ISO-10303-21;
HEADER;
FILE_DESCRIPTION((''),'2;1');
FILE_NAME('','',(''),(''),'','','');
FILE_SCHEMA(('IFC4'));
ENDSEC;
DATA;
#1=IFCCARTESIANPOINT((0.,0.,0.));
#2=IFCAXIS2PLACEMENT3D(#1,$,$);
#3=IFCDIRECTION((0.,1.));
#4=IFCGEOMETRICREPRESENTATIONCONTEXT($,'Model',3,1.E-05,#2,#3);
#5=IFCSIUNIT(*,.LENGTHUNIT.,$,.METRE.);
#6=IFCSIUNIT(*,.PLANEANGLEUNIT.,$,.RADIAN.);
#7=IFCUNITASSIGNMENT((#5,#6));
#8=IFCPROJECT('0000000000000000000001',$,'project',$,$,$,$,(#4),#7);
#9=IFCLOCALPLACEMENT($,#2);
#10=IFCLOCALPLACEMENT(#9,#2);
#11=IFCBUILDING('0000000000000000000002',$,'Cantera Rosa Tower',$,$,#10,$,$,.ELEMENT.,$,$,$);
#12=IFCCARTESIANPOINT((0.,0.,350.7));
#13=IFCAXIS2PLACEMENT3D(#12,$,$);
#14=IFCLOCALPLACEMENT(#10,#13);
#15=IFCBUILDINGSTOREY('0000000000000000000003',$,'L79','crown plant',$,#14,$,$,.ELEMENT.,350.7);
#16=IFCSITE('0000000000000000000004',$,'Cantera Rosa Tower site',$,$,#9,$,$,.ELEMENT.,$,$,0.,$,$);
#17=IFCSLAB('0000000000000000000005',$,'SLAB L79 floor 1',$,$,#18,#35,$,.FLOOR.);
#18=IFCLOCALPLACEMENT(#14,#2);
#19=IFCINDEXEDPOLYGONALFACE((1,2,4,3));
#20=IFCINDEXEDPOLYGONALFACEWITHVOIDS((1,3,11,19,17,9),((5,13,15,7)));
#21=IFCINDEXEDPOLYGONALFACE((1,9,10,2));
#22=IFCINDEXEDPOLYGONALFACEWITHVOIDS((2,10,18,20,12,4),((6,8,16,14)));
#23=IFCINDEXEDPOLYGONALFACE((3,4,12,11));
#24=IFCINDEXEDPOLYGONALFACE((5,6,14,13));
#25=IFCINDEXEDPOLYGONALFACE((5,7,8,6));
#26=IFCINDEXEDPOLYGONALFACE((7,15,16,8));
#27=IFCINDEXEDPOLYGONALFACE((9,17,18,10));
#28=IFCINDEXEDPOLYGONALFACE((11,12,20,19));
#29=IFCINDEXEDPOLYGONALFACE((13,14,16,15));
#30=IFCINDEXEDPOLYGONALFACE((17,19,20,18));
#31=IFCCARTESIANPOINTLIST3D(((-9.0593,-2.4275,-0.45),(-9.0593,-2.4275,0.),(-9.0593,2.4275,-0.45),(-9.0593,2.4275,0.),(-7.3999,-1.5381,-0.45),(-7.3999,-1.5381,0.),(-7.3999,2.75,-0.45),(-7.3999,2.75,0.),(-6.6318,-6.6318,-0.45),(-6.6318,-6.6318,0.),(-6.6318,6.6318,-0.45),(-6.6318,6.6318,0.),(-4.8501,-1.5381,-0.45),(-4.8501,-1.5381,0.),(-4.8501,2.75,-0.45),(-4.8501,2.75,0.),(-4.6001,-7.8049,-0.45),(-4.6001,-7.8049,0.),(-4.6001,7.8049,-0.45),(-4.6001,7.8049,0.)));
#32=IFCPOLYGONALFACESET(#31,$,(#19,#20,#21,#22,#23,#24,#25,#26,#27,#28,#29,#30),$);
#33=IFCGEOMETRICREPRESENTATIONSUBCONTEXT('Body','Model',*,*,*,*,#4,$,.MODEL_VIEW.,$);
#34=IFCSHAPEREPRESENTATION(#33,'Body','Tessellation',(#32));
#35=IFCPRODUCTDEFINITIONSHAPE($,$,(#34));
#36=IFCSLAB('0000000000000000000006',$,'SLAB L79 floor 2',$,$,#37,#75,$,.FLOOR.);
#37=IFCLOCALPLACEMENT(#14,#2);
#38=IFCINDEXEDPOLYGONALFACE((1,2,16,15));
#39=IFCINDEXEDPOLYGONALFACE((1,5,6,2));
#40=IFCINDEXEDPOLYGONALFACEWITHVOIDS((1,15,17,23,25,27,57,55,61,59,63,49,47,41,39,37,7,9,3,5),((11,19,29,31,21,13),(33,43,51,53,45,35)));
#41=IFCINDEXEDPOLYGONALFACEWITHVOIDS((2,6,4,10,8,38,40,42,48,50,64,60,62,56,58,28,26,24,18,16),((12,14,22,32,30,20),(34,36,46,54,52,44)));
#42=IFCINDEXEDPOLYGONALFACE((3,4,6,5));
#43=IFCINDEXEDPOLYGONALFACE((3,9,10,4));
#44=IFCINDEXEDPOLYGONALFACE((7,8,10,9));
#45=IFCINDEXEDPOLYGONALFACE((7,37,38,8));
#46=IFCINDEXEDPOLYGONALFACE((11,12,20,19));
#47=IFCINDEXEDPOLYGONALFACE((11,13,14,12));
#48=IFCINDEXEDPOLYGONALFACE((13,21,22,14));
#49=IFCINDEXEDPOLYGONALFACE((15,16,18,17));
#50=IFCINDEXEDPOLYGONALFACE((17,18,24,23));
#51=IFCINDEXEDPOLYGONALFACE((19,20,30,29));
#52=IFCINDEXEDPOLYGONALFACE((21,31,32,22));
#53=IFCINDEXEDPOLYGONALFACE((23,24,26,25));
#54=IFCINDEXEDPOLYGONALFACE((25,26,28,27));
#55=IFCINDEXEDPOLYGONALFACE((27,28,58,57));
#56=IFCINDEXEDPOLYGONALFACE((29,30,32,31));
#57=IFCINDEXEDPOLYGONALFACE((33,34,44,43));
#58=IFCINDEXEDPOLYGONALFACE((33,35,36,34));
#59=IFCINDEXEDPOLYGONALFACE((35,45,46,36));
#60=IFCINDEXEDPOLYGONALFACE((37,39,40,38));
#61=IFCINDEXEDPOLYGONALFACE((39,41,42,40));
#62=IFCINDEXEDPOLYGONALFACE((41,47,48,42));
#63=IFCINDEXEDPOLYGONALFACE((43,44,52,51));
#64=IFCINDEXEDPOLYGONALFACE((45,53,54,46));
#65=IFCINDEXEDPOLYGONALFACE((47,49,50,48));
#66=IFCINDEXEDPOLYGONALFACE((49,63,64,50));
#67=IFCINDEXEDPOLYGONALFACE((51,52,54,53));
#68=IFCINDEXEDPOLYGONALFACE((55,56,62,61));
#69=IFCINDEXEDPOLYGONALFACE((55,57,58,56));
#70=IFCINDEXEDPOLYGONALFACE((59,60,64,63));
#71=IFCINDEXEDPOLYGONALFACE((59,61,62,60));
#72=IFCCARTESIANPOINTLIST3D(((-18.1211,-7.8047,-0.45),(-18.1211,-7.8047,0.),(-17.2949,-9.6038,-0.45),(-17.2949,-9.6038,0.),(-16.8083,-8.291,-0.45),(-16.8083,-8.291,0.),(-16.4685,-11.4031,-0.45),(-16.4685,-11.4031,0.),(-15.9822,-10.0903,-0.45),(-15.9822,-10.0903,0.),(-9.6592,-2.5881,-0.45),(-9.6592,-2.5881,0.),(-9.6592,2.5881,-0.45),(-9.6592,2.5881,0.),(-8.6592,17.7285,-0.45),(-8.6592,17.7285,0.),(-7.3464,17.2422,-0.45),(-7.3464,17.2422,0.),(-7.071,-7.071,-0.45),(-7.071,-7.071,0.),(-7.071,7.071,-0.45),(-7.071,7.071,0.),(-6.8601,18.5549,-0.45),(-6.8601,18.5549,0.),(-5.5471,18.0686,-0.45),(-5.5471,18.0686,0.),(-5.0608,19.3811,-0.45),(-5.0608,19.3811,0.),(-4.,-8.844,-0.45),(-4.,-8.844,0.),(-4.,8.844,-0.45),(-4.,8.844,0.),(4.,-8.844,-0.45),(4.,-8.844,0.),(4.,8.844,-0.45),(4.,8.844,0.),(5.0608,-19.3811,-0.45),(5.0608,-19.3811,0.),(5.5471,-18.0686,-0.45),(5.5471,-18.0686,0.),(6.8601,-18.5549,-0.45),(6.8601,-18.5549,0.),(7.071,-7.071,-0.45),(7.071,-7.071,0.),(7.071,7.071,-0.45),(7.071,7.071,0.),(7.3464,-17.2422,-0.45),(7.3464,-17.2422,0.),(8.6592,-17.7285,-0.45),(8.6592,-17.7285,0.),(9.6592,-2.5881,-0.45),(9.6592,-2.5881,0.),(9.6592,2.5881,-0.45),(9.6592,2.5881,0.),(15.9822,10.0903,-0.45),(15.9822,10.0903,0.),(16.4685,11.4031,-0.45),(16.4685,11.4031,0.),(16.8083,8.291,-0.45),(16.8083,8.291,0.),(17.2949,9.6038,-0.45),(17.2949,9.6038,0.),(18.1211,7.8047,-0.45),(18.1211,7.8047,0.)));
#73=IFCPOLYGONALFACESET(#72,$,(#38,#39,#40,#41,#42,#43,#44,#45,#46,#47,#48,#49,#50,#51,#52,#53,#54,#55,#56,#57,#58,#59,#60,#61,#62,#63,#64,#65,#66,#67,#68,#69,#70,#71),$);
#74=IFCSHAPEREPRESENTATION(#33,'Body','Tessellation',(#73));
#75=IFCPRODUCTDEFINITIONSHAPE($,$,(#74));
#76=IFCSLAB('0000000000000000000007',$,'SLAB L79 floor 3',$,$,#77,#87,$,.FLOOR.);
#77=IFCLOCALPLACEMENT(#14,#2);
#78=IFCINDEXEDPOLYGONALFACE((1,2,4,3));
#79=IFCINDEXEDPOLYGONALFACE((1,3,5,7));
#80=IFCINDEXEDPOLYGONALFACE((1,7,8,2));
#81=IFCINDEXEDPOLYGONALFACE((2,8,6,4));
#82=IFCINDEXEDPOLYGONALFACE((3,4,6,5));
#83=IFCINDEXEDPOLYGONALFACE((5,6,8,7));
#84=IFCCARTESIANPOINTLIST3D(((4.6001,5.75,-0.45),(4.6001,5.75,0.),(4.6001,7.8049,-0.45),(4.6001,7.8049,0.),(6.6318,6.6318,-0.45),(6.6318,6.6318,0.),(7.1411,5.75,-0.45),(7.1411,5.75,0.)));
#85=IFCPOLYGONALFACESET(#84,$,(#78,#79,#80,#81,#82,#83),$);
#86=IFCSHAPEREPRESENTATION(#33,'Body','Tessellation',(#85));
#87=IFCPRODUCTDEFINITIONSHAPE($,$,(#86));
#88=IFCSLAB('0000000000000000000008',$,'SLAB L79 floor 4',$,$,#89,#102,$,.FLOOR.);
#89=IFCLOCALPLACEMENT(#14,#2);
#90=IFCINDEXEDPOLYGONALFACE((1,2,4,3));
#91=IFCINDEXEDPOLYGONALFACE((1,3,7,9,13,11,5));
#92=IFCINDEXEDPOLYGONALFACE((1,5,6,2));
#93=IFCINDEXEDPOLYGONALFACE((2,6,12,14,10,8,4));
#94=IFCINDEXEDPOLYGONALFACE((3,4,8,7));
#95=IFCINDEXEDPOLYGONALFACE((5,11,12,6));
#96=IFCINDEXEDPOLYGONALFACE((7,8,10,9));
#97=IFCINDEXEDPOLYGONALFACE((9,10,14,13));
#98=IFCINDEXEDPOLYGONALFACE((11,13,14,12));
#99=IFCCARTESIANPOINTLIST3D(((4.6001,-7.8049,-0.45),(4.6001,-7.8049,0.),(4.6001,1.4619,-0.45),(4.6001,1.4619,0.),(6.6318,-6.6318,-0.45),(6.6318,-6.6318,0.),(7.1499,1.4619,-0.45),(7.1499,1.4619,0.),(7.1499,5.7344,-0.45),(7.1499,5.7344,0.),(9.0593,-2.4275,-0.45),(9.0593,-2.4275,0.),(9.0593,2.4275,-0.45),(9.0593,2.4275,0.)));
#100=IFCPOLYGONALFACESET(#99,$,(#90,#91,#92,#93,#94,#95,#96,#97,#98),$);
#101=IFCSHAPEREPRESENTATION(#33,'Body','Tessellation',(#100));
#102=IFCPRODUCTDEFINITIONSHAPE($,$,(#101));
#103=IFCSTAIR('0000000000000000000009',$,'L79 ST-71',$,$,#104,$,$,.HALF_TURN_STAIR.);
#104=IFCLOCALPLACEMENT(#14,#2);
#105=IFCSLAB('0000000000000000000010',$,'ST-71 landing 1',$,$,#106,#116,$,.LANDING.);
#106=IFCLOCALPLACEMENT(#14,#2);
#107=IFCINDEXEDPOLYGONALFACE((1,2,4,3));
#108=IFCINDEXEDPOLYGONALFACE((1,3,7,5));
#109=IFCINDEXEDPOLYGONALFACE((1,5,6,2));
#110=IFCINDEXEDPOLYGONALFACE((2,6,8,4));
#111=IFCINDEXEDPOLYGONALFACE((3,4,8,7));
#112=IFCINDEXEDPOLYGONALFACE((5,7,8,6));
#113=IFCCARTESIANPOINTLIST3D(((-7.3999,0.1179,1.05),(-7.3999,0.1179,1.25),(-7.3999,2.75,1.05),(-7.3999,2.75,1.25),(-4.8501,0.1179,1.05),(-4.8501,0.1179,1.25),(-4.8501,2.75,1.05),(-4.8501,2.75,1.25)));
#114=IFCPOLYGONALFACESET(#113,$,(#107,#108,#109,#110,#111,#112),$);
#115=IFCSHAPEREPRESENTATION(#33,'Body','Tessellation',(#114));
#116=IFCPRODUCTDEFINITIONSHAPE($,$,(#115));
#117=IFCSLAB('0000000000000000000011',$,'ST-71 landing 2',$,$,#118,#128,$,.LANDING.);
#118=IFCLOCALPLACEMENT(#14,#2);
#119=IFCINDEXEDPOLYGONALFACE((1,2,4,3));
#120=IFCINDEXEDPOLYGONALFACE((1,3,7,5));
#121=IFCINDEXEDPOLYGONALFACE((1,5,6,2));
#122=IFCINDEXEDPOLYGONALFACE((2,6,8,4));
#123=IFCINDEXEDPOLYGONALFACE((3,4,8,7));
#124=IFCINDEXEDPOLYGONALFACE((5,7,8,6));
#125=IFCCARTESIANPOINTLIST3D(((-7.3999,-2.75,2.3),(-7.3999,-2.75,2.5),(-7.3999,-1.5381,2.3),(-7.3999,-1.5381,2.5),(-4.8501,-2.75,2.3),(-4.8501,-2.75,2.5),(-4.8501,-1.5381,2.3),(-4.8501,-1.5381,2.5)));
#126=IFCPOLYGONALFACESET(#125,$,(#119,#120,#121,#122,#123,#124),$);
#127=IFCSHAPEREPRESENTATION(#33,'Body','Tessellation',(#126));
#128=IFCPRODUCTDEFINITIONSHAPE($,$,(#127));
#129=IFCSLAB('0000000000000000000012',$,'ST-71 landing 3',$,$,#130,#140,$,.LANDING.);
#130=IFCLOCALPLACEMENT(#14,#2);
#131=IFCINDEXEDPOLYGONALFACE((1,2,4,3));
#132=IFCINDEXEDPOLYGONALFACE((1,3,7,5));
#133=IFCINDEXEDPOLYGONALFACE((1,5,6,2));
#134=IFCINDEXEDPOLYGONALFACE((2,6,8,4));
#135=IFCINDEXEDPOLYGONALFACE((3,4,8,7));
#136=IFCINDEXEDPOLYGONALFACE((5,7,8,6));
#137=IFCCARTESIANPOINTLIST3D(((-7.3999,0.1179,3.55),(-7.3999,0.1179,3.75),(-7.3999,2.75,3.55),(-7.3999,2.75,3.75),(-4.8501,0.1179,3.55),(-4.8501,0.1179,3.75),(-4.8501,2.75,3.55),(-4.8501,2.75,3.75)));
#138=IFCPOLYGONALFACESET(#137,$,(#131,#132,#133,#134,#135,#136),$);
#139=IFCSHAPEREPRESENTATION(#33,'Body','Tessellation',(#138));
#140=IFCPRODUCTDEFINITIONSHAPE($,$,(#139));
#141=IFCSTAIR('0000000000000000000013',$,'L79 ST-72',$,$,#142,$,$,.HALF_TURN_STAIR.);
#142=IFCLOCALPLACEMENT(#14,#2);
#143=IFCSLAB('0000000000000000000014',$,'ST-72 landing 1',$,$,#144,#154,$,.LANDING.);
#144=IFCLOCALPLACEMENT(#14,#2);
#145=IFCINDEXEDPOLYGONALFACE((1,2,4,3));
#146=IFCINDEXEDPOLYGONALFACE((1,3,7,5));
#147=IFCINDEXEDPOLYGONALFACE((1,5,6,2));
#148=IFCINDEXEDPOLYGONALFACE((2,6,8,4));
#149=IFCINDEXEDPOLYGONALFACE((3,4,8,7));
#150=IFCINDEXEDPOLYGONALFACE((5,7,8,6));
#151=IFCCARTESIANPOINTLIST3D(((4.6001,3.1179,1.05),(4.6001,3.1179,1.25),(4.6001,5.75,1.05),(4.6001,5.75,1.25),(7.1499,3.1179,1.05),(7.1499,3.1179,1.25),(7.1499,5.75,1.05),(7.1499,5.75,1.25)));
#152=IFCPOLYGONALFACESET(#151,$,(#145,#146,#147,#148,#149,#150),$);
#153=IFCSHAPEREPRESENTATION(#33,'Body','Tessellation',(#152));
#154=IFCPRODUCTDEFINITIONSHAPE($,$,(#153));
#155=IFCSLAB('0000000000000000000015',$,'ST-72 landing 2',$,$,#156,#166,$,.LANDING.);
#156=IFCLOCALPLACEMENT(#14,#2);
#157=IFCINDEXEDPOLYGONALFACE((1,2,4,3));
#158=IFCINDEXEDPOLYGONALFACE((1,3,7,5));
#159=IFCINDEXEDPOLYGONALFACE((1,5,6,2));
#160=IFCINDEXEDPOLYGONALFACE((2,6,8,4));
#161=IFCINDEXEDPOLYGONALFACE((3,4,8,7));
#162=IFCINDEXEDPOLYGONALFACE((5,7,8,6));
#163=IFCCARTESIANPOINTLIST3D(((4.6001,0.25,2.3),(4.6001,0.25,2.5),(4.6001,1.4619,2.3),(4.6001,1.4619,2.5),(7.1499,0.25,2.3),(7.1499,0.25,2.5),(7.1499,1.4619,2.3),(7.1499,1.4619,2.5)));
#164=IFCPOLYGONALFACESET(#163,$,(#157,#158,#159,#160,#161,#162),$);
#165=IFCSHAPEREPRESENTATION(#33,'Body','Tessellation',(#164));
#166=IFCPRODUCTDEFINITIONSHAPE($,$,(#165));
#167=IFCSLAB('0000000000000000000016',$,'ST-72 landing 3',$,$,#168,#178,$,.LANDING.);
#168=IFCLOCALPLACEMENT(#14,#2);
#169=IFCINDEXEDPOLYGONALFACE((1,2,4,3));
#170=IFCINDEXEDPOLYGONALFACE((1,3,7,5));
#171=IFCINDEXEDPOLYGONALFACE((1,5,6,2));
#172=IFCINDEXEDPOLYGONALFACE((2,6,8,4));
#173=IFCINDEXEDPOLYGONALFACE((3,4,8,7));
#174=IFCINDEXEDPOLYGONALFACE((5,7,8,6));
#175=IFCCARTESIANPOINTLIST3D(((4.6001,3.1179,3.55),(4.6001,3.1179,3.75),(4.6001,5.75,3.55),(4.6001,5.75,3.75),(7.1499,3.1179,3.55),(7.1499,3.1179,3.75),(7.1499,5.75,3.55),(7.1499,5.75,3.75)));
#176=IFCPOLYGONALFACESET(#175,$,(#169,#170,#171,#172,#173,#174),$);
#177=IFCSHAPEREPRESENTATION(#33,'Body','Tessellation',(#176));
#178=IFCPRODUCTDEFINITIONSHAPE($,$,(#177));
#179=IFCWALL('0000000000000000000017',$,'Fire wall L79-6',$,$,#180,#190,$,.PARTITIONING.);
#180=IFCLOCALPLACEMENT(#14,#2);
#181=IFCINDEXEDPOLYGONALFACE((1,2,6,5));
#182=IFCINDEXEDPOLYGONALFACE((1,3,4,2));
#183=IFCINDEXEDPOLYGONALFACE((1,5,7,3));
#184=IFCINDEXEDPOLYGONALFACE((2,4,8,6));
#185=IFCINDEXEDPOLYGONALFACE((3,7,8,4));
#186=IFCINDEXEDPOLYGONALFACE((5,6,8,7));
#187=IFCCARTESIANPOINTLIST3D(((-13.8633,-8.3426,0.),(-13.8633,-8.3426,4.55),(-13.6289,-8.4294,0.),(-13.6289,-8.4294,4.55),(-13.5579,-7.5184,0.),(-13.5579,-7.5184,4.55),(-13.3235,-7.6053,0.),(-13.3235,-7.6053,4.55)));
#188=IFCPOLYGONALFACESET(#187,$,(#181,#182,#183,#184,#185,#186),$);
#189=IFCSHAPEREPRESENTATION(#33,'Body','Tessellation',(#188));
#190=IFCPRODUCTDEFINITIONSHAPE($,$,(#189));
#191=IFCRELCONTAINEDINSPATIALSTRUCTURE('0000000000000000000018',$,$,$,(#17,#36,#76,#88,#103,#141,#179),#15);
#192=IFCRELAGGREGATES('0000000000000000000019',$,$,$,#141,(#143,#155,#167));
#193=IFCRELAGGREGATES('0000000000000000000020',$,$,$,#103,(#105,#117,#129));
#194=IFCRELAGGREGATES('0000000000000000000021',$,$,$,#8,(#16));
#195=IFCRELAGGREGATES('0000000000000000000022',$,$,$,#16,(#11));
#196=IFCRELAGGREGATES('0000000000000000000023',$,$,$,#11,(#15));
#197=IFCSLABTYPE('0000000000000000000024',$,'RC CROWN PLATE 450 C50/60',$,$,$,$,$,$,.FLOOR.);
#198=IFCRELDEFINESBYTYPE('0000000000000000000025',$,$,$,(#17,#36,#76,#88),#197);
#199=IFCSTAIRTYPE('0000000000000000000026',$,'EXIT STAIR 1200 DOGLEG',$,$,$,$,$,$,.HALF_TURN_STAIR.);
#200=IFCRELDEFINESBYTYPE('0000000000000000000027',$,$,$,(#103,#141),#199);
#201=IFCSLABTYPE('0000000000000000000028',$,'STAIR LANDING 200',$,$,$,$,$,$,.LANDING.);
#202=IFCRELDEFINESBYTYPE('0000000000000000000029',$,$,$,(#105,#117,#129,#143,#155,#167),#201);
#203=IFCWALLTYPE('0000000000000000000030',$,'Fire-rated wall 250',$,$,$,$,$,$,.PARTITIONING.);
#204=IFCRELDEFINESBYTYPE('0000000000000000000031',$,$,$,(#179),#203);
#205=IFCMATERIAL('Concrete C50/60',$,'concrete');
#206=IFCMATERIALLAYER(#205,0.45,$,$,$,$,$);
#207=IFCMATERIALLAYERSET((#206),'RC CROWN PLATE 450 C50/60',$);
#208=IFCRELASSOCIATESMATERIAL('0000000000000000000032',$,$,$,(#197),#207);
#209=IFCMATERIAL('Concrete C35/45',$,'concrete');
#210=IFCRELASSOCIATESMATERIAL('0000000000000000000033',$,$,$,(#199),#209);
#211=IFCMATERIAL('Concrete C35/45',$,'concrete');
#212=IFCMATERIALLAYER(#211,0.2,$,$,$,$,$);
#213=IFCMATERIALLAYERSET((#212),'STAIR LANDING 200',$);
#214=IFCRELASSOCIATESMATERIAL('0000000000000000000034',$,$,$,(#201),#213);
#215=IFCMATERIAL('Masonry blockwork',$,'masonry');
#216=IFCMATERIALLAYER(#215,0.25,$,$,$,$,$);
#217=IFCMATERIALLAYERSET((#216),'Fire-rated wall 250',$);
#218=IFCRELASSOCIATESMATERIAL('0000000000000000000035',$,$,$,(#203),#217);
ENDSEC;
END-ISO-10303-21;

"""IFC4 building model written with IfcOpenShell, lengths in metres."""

from ifc_helpers import new_model, si_unit, direction, frame, frame_2d, origin, place, context, subcontext, project, spatial, polyline, rectangle, outline, extrude, material, layer, layer_set, type_object, element, aggregate, save


model = new_model("IFC4")

# Units and contexts
model_context = context("Model", 3, precision=1e-05, world=origin(), true_north=direction((0.0, 1.0)))
body_context = subcontext(model_context, "Body", "Model", "MODEL_VIEW")
ifc_project = project(units=[si_unit("LENGTHUNIT", "METRE"), si_unit("PLANEANGLEUNIT", "RADIAN")], contexts=[model_context])

# Site, building, storey
site_placement = place(None, origin())
site = spatial("IfcSite", under=ifc_project, at=site_placement, Name="Cantera Rosa Tower site", CompositionType="ELEMENT", RefElevation=0.0)
building_placement = place(site_placement, origin())
building = spatial("IfcBuilding", under=site, at=building_placement, Name="Cantera Rosa Tower", CompositionType="ELEMENT")
storey_placement = place(building_placement, frame((0.0, 0.0, 350.7)))
storey = spatial("IfcBuildingStorey", under=building, at=storey_placement, Name="L79", Description="crown plant", CompositionType="ELEMENT", Elevation=350.7)

# Slabs
ifc_material_1 = material(Name="Concrete C50/60", Category="concrete")
ifc_layer_1 = layer(ifc_material_1, 0.45)
ifc_layer_set_1 = layer_set([ifc_layer_1], Name="RC CROWN PLATE 450 C50/60")
slab_type_1 = type_object("IfcSlabType", Name="RC CROWN PLATE 450 C50/60", PredefinedType="FLOOR", material=ifc_layer_set_1)
slab_1_placement = place(storey_placement, frame((0.0, 0.0, -0.45)))
element("IfcSlab", 1, at=slab_1_placement, inside=storey, type_object=slab_type_1, Name="SLAB L79 floor 1", PredefinedType="FLOOR", context=body_context, shape_type="SweptSolid", body=[
    extrude(outline(polyline([(-4.6001, -7.8049), (-6.6318, -6.6318), (-9.0593, -2.4275), (-9.0593, 2.4275), (-6.6318, 6.6318), (-4.6001, 7.8049), (-4.6001, -7.8049)]), holes=[polyline([(-7.3999, 2.75), (-7.3999, -1.5381), (-4.8501, -1.5381), (-4.8501, 2.75), (-7.3999, 2.75)])]), origin(), (0.0, 0.0, 1.0), 0.45),
])
slab_2_placement = place(storey_placement, frame((0.0, 0.0, -0.45)))
element("IfcSlab", 2, at=slab_2_placement, inside=storey, type_object=slab_type_1, Name="SLAB L79 floor 2", PredefinedType="FLOOR", context=body_context, shape_type="SweptSolid", body=[
    extrude(outline(polyline([(17.2949, 9.6038), (16.8083, 8.291), (18.1211, 7.8047), (8.6592, -17.7285), (7.3464, -17.2422), (6.8601, -18.5549), (5.5471, -18.0686), (5.0608, -19.3811), (-16.4685, -11.4031), (-15.9822, -10.0903), (-17.2949, -9.6038), (-16.8083, -8.291), (-18.1211, -7.8047), (-8.6592, 17.7285), (-7.3464, 17.2422), (-6.8601, 18.5549), (-5.5471, 18.0686), (-5.0608, 19.3811), (16.4685, 11.4031), (15.9822, 10.0903), (17.2949, 9.6038)]), holes=[polyline([(-9.6592, -2.5881), (-7.071, -7.071), (-4.0, -8.844), (-4.0, 8.844), (-7.071, 7.071), (-9.6592, 2.5881), (-9.6592, -2.5881)]), polyline([(9.6592, 2.5881), (7.071, 7.071), (4.0, 8.844), (4.0, -8.844), (7.071, -7.071), (9.6592, -2.5881), (9.6592, 2.5881)])]), origin(), (0.0, 0.0, 1.0), 0.45),
])
slab_3_placement = place(storey_placement, frame((0.0, 0.0, -0.45)))
element("IfcSlab", 3, at=slab_3_placement, inside=storey, type_object=slab_type_1, Name="SLAB L79 floor 3", PredefinedType="FLOOR", context=body_context, shape_type="SweptSolid", body=[
    extrude(outline(polyline([(4.6001, 5.75), (4.6001, 7.8049), (6.6318, 6.6318), (7.1411, 5.75), (4.6001, 5.75)])), origin(), (0.0, 0.0, 1.0), 0.45),
])
slab_4_placement = place(storey_placement, frame((0.0, 0.0, -0.45)))
element("IfcSlab", 4, at=slab_4_placement, inside=storey, type_object=slab_type_1, Name="SLAB L79 floor 4", PredefinedType="FLOOR", context=body_context, shape_type="SweptSolid", body=[
    extrude(outline(polyline([(4.6001, 1.4619), (7.1499, 1.4619), (7.1499, 5.7344), (9.0593, 2.4275), (9.0593, -2.4275), (6.6318, -6.6318), (4.6001, -7.8049), (4.6001, 1.4619)])), origin(), (0.0, 0.0, 1.0), 0.45),
])

# Stairs, slabs
ifc_material_2 = material(Name="Concrete C35/45", Category="concrete")
stair_type = type_object("IfcStairType", Name="EXIT STAIR 1200 DOGLEG", PredefinedType="HALF_TURN_STAIR", material=ifc_material_2)
stair_1_placement = place(storey_placement, origin())
stair_1 = element("IfcStair", 5, at=stair_1_placement, inside=storey, type_object=stair_type, Name="L79 ST-71", PredefinedType="HALF_TURN_STAIR")
ifc_material_3 = material(Name="Concrete C35/45", Category="concrete")
ifc_layer_2 = layer(ifc_material_3, 0.2)
ifc_layer_set_2 = layer_set([ifc_layer_2], Name="STAIR LANDING 200")
slab_type_2 = type_object("IfcSlabType", Name="STAIR LANDING 200", PredefinedType="LANDING", material=ifc_layer_set_2)
slab_5_placement = place(storey_placement, frame((0.0, 0.0, 1.05)))
slab_5 = element("IfcSlab", 6, at=slab_5_placement, type_object=slab_type_2, Name="ST-71 landing 1", PredefinedType="LANDING", context=body_context, shape_type="SweptSolid", body=[
    extrude(outline(polyline([(-4.8501, 0.1179), (-4.8501, 2.75), (-7.3999, 2.75), (-7.3999, 0.1179), (-4.8501, 0.1179)])), origin(), (0.0, 0.0, 1.0), 0.2),
])
slab_6_placement = place(storey_placement, frame((0.0, 0.0, 2.3)))
slab_6 = element("IfcSlab", 7, at=slab_6_placement, type_object=slab_type_2, Name="ST-71 landing 2", PredefinedType="LANDING", context=body_context, shape_type="SweptSolid", body=[
    extrude(outline(polyline([(-4.8501, -2.75), (-4.8501, -1.5381), (-7.3999, -1.5381), (-7.3999, -2.75), (-4.8501, -2.75)])), origin(), (0.0, 0.0, 1.0), 0.2),
])
slab_7_placement = place(storey_placement, frame((0.0, 0.0, 3.55)))
slab_7 = element("IfcSlab", 8, at=slab_7_placement, type_object=slab_type_2, Name="ST-71 landing 3", PredefinedType="LANDING", context=body_context, shape_type="SweptSolid", body=[
    extrude(outline(polyline([(-4.8501, 0.1179), (-4.8501, 2.75), (-7.3999, 2.75), (-7.3999, 0.1179), (-4.8501, 0.1179)])), origin(), (0.0, 0.0, 1.0), 0.2),
])
stair_2_placement = place(storey_placement, origin())
stair_2 = element("IfcStair", 9, at=stair_2_placement, inside=storey, type_object=stair_type, Name="L79 ST-72", PredefinedType="HALF_TURN_STAIR")
slab_8_placement = place(storey_placement, frame((0.0, 0.0, 1.05)))
slab_8 = element("IfcSlab", 10, at=slab_8_placement, type_object=slab_type_2, Name="ST-72 landing 1", PredefinedType="LANDING", context=body_context, shape_type="SweptSolid", body=[
    extrude(outline(polyline([(7.1499, 3.1179), (7.1499, 5.75), (4.6001, 5.75), (4.6001, 3.1179), (7.1499, 3.1179)])), origin(), (0.0, 0.0, 1.0), 0.2),
])
slab_9_placement = place(storey_placement, frame((0.0, 0.0, 2.3)))
slab_9 = element("IfcSlab", 11, at=slab_9_placement, type_object=slab_type_2, Name="ST-72 landing 2", PredefinedType="LANDING", context=body_context, shape_type="SweptSolid", body=[
    extrude(outline(polyline([(7.1499, 0.25), (7.1499, 1.4619), (4.6001, 1.4619), (4.6001, 0.25), (7.1499, 0.25)])), origin(), (0.0, 0.0, 1.0), 0.2),
])
slab_10_placement = place(storey_placement, frame((0.0, 0.0, 3.55)))
slab_10 = element("IfcSlab", 12, at=slab_10_placement, type_object=slab_type_2, Name="ST-72 landing 3", PredefinedType="LANDING", context=body_context, shape_type="SweptSolid", body=[
    extrude(outline(polyline([(7.1499, 3.1179), (7.1499, 5.75), (4.6001, 5.75), (4.6001, 3.1179), (7.1499, 3.1179)])), origin(), (0.0, 0.0, 1.0), 0.2),
])
aggregate(stair_2, [slab_8, slab_9, slab_10])

# Wall
ifc_material_4 = material(Name="Masonry blockwork", Category="masonry")
ifc_layer_3 = layer(ifc_material_4, 0.25)
ifc_layer_set_3 = layer_set([ifc_layer_3], Name="Fire-rated wall 250")
wall_type_1 = type_object("IfcWallType", Name="Fire-rated wall 250", PredefinedType="PARTITIONING", material=ifc_layer_set_3)
wall_1_placement = place(storey_placement, frame((-13.7461, -8.386, 0.0), z_axis=(0.0, 0.0, 1.0), x_axis=(0.347468, 0.937692, 0.0)))
element("IfcWall", 13, at=wall_1_placement, inside=storey, type_object=wall_type_1, Name="Fire wall L79-6", PredefinedType="PARTITIONING", context=body_context, shape_type="SweptSolid", body=[
    extrude(rectangle(XDim=0.8789, YDim=0.25, at=frame_2d((0.4395, 0.0))), origin(), (0.0, 0.0, 1.0), 4.55),
])

aggregate(stair_1, [slab_5, slab_6, slab_7])

save(model, "model.ifc")
